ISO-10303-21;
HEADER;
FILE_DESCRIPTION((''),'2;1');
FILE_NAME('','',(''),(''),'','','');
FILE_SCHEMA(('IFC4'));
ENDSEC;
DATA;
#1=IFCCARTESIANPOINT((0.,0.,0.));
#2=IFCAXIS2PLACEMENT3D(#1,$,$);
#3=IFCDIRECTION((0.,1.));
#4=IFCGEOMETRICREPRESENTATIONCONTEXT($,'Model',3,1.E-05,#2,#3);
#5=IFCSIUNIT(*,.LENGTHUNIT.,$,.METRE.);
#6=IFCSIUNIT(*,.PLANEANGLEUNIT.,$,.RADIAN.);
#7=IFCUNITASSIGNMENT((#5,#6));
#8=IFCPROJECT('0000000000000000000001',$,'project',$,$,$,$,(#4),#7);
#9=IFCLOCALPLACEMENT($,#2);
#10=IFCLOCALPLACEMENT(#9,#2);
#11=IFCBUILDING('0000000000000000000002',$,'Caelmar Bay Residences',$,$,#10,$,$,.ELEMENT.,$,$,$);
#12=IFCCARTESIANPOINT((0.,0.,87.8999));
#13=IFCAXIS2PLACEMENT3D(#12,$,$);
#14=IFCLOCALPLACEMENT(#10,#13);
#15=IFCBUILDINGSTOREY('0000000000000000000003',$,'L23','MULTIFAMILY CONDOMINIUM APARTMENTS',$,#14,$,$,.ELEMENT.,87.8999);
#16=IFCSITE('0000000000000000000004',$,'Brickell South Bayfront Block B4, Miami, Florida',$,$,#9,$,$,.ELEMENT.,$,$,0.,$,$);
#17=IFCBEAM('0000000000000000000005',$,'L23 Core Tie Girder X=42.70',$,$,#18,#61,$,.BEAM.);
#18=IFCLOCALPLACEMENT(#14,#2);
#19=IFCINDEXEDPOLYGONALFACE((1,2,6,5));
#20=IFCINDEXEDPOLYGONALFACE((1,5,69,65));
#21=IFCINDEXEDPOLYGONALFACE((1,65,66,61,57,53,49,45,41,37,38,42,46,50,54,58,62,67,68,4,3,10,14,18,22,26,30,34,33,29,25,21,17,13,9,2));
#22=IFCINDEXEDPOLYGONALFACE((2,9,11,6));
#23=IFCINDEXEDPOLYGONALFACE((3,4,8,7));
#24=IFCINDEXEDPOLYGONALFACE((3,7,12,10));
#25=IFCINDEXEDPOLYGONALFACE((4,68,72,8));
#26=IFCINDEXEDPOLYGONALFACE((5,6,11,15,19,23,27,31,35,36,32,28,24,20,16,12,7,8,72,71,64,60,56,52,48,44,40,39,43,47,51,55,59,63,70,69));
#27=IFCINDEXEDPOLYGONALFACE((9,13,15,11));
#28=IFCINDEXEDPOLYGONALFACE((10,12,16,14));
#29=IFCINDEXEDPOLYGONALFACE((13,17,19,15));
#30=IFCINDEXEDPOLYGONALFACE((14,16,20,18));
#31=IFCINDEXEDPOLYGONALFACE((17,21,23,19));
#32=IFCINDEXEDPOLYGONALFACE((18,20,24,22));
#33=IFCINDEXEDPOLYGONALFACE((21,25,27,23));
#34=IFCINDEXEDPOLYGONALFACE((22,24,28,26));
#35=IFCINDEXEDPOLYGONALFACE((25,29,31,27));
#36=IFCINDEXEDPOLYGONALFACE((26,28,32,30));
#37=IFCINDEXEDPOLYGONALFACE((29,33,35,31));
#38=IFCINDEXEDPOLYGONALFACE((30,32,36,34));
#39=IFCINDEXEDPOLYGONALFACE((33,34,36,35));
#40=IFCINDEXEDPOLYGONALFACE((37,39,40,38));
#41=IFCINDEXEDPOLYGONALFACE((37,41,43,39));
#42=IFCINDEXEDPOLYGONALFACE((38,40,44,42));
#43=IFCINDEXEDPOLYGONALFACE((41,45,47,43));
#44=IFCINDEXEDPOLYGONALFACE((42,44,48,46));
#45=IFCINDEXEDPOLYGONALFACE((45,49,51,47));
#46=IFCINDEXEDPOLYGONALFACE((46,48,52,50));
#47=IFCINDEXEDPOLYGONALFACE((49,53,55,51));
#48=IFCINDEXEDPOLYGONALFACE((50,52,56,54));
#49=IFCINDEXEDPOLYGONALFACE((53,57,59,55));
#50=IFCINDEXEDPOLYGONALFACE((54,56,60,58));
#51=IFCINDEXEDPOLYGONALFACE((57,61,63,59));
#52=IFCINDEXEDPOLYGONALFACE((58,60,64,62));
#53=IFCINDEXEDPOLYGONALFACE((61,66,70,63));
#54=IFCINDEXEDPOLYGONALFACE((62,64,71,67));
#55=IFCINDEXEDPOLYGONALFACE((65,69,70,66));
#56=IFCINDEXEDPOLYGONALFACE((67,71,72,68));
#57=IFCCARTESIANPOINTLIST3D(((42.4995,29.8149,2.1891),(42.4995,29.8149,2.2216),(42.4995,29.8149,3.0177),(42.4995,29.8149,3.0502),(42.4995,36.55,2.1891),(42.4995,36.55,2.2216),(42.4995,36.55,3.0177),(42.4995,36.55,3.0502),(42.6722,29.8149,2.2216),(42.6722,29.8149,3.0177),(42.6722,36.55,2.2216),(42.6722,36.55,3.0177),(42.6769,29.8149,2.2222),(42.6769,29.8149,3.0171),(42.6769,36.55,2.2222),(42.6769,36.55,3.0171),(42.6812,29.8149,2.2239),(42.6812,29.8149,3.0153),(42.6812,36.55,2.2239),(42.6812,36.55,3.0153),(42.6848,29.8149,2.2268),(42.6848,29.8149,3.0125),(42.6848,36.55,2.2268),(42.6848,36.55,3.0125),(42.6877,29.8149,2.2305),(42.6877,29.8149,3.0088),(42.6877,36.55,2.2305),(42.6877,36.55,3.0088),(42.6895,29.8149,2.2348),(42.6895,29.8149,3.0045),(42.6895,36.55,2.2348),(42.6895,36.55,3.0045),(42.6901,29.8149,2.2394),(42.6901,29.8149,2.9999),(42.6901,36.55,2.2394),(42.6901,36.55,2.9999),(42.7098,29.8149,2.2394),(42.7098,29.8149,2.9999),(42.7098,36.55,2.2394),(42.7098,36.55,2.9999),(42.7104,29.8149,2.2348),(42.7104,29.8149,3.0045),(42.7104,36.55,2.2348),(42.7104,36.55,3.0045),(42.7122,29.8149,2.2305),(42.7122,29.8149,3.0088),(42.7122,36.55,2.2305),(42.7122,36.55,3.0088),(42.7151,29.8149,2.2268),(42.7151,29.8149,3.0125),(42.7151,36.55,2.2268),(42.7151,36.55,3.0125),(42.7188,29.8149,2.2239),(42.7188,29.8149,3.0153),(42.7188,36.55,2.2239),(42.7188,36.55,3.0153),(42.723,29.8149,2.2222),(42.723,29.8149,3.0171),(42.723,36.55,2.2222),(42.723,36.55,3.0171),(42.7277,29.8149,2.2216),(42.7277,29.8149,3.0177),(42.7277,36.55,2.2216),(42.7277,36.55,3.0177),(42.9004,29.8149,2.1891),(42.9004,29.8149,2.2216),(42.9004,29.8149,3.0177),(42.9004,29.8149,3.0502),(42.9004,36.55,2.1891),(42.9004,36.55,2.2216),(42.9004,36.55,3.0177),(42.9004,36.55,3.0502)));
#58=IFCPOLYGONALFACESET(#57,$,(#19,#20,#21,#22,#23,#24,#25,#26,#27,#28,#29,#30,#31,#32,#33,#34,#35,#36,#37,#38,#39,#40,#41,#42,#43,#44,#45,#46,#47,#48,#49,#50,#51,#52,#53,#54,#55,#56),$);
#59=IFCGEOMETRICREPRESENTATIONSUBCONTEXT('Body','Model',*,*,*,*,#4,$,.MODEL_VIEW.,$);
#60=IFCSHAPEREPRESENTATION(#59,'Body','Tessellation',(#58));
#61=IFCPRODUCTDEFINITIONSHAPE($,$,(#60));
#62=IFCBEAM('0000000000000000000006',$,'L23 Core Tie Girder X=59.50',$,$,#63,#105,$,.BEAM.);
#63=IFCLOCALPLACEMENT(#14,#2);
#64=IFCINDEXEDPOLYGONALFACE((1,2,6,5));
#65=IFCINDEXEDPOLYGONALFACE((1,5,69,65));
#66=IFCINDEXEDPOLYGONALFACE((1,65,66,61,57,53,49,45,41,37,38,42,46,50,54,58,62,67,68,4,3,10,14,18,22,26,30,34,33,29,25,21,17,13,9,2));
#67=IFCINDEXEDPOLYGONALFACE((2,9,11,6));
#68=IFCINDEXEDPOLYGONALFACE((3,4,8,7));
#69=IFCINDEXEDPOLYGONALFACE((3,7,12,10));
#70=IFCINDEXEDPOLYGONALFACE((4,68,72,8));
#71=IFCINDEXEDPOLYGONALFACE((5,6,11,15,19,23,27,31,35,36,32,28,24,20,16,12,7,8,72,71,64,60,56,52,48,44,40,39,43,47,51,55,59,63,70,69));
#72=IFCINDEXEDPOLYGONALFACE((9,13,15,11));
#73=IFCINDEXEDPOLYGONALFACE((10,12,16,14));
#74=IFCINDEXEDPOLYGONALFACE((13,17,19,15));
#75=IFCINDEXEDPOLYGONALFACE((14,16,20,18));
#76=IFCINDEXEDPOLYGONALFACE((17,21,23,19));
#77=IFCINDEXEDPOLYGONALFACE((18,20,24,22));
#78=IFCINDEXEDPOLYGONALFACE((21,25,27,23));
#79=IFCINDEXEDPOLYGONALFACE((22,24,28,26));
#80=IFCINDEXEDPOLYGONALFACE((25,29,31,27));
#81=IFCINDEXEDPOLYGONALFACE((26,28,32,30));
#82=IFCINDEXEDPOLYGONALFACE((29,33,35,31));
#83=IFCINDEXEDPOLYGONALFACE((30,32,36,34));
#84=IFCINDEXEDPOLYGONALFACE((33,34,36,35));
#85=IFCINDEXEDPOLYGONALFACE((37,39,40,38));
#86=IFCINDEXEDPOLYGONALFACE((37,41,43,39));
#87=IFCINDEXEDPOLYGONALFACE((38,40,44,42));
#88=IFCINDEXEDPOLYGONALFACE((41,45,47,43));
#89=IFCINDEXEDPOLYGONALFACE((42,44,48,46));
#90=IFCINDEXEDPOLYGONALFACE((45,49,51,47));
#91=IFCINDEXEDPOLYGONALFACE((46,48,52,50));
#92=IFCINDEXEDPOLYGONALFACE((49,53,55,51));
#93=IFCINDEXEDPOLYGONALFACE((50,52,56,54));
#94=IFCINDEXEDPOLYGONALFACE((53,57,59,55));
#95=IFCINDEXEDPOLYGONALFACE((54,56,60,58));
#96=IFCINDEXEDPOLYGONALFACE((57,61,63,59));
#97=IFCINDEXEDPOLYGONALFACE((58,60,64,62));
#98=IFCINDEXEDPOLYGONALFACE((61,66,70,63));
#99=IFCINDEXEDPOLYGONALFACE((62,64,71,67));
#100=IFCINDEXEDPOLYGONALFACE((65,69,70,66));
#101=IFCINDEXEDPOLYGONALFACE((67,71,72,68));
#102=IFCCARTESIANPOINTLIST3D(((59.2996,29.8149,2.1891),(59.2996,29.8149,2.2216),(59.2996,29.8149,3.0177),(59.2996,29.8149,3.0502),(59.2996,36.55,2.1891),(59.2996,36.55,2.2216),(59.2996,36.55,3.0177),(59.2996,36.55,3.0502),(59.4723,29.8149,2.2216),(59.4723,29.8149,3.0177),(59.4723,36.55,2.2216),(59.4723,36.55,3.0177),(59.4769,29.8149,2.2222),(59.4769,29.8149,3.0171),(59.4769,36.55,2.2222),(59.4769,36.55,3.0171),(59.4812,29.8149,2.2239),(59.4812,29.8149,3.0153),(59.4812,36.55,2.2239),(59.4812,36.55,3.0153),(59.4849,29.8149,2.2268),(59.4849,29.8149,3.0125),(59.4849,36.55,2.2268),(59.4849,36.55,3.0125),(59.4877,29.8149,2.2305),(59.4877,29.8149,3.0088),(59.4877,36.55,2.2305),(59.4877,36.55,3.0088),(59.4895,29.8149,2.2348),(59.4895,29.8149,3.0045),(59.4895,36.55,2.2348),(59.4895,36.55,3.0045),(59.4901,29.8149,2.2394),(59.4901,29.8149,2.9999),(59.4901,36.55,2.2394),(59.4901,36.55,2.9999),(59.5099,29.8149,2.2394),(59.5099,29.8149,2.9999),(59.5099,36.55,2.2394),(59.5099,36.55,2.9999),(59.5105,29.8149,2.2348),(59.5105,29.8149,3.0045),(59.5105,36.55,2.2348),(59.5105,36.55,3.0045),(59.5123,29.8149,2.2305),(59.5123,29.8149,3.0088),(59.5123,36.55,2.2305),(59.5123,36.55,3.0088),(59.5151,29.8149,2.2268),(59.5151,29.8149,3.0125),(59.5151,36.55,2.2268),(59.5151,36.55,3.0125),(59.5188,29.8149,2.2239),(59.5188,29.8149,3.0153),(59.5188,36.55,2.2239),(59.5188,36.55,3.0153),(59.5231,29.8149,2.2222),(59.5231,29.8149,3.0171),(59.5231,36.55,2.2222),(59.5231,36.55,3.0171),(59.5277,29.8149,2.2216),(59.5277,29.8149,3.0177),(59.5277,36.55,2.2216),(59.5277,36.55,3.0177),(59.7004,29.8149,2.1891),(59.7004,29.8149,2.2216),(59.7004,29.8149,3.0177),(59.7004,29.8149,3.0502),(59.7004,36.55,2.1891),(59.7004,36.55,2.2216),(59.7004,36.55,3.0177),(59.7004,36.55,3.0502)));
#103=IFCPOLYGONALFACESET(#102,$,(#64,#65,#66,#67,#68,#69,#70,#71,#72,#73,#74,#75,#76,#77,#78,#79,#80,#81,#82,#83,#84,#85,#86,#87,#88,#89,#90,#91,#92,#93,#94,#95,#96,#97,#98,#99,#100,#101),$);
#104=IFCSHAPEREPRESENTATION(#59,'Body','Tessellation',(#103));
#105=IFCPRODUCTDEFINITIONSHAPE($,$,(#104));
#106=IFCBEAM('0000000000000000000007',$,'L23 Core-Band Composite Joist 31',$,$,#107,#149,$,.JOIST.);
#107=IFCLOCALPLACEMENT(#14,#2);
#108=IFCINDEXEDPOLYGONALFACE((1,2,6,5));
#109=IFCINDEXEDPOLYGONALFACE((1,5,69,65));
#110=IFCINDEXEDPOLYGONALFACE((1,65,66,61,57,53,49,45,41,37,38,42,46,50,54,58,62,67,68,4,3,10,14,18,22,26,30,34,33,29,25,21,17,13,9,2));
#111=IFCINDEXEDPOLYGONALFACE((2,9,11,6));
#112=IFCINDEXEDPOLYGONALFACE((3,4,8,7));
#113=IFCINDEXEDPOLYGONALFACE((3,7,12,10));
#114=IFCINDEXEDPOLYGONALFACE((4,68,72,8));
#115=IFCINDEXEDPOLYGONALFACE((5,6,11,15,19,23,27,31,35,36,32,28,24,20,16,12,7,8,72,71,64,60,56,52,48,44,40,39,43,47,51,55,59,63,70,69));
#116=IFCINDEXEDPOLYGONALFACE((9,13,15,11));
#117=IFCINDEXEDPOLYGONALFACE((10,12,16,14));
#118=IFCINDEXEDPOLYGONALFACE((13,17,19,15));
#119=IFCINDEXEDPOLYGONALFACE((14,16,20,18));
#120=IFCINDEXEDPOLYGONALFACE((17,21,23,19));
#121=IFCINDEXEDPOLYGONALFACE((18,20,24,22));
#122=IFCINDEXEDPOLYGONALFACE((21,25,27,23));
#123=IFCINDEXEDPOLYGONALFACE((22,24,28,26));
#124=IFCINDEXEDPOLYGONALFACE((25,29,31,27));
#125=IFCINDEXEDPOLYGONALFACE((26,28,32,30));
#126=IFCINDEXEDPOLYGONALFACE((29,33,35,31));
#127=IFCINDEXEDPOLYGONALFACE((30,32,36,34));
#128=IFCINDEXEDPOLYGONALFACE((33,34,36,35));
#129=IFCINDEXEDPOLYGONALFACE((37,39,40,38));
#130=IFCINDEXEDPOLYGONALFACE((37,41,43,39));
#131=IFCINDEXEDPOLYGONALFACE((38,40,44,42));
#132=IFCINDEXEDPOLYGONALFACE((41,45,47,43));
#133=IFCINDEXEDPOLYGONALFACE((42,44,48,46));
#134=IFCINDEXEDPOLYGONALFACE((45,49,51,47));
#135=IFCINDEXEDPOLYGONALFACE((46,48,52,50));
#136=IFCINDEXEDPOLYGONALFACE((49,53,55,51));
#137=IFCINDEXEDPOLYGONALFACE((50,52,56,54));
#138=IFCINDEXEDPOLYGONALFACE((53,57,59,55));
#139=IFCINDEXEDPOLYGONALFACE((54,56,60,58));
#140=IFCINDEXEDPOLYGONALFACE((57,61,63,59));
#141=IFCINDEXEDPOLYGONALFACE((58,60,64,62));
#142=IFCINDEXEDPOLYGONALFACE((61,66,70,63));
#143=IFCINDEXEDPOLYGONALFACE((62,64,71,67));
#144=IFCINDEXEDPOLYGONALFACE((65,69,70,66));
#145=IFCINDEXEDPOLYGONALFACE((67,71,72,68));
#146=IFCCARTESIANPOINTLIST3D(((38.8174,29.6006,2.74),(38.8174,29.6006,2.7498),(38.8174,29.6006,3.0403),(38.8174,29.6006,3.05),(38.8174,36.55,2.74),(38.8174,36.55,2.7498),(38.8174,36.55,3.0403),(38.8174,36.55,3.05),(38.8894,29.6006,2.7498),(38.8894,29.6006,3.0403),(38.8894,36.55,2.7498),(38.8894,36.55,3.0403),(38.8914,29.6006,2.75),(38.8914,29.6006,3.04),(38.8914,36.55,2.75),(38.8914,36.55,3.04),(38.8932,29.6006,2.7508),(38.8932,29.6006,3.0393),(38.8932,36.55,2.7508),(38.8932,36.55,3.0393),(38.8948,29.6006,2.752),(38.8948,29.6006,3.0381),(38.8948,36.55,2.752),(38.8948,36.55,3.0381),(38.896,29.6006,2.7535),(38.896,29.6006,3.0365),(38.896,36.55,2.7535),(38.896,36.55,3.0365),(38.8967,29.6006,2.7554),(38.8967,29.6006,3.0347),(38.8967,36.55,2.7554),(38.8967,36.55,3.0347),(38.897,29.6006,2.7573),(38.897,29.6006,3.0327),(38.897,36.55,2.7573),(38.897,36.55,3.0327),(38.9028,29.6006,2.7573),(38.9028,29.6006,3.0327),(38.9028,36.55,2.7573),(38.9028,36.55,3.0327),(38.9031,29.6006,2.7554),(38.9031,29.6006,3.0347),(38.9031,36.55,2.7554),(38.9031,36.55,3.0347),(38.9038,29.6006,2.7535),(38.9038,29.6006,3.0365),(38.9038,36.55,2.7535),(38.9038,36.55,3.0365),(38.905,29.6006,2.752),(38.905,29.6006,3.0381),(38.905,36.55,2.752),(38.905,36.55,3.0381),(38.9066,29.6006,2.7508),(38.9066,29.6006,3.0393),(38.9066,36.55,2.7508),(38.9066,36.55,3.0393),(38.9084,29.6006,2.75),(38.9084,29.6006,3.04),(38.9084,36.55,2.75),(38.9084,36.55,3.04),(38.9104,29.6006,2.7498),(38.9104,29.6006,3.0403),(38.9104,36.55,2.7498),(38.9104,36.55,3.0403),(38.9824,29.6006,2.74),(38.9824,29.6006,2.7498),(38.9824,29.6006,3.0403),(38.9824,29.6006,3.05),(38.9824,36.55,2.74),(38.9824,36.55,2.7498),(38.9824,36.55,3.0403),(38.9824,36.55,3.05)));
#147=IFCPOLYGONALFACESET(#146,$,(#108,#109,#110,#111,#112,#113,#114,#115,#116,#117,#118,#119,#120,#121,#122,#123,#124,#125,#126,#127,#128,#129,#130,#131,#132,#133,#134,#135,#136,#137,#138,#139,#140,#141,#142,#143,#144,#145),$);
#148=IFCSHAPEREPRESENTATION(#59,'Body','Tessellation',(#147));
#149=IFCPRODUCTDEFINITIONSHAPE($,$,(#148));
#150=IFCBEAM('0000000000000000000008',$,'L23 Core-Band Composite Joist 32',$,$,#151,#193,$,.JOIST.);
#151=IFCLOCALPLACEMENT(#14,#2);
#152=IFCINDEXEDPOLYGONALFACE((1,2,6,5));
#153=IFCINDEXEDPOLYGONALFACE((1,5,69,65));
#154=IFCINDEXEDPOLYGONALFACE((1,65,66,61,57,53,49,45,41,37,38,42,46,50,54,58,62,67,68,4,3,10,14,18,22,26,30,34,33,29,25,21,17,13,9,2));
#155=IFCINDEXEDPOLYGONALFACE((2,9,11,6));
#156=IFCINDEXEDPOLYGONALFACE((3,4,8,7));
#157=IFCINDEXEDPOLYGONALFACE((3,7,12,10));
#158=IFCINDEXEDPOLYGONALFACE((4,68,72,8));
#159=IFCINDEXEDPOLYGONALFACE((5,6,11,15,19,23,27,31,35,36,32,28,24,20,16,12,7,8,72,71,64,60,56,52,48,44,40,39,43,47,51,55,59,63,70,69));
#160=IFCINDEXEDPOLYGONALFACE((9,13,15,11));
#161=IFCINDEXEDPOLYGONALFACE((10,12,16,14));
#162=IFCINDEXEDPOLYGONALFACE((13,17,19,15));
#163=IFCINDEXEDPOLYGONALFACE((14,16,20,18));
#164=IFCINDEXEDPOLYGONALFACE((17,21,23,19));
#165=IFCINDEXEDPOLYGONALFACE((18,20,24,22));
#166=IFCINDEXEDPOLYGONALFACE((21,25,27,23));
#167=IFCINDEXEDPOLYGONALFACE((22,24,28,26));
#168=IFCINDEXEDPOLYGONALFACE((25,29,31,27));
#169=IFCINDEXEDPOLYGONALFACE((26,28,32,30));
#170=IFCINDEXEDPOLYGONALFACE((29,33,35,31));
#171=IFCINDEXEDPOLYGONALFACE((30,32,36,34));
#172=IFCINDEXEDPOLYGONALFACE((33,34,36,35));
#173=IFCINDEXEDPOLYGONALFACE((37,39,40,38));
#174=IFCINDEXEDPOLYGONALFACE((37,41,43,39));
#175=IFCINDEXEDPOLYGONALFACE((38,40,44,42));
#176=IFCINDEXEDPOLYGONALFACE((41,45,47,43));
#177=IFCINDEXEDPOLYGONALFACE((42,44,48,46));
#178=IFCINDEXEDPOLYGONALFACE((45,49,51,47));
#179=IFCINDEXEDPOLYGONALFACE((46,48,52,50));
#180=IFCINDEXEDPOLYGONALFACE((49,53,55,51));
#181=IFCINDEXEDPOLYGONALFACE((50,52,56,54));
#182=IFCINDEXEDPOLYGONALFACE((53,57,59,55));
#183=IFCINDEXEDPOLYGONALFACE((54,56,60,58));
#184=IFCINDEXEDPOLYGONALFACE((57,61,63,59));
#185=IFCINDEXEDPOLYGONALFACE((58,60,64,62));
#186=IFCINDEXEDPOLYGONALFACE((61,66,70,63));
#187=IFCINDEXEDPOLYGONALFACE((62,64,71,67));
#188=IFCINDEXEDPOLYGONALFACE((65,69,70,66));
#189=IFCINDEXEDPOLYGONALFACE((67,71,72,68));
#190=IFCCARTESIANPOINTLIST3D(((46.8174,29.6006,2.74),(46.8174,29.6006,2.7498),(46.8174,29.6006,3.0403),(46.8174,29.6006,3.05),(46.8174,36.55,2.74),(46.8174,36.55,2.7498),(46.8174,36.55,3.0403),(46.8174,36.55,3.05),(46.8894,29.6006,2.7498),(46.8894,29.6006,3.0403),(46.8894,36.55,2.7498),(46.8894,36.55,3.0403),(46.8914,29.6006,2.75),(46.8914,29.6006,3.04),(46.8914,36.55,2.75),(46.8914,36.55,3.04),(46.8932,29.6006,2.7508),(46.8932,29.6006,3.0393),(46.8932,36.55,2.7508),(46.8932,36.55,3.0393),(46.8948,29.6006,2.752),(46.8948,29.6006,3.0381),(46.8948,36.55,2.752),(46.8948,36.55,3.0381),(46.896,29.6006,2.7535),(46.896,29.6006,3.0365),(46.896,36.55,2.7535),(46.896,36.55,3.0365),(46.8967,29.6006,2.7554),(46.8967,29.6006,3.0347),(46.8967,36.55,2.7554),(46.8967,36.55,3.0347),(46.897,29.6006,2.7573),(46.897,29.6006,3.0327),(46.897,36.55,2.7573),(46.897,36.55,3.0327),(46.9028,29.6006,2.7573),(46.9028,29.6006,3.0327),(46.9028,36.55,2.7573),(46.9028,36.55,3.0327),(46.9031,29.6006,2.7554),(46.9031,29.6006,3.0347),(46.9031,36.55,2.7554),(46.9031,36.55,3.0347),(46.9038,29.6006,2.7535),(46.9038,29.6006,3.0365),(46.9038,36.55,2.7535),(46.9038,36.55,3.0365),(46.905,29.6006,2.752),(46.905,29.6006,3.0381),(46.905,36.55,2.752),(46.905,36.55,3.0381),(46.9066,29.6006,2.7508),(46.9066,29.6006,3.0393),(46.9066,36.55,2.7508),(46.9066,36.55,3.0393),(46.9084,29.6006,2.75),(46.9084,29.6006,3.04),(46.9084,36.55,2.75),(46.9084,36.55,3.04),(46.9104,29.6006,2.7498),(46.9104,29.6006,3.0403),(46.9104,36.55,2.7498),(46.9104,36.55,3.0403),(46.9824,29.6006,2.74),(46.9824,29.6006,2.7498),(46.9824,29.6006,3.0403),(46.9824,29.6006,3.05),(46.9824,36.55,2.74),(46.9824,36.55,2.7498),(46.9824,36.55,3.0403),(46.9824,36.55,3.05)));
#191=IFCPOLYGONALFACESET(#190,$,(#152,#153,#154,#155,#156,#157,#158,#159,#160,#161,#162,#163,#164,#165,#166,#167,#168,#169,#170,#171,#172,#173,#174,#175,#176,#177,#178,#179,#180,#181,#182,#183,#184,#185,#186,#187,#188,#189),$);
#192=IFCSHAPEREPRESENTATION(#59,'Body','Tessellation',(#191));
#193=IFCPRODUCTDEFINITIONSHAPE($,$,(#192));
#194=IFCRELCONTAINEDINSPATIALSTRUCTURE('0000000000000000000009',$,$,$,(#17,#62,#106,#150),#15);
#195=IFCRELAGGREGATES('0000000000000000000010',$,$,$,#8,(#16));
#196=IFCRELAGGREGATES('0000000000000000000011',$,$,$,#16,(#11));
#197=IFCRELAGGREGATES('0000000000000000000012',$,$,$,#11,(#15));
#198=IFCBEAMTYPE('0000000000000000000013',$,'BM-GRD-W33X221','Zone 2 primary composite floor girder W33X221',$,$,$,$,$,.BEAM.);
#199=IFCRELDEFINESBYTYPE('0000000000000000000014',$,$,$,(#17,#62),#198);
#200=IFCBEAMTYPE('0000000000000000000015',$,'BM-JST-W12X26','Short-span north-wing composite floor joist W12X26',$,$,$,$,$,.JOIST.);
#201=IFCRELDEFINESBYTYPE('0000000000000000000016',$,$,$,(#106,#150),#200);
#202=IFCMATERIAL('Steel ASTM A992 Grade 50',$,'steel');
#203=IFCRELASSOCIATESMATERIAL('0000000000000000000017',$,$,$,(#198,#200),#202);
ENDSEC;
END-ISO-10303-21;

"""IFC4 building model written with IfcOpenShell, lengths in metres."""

from ifc_helpers import new_model, si_unit, direction, frame, origin, origin_2d, place, context, subcontext, project, spatial, i_section, extrude, material, material_profile, profile_set, type_object, element, save


model = new_model("IFC4")

# Units and contexts
model_context = context("Model", 3, precision=1e-05, world=origin(), true_north=direction((0.0, 1.0)))
body_context = subcontext(model_context, "Body", "Model", "MODEL_VIEW")
ifc_project = project(units=[si_unit("LENGTHUNIT", "METRE"), si_unit("PLANEANGLEUNIT", "RADIAN")], contexts=[model_context])

# Site, building, storey
site_placement = place(None, origin())
site = spatial("IfcSite", under=ifc_project, at=site_placement, Name="Brickell South Bayfront Block B4, Miami, Florida", CompositionType="ELEMENT", RefElevation=0.0)
building_placement = place(site_placement, origin())
building = spatial("IfcBuilding", under=site, at=building_placement, Name="Caelmar Bay Residences", CompositionType="ELEMENT")
storey_placement = place(building_placement, frame((0.0, 0.0, 87.8999)))
storey = spatial("IfcBuildingStorey", under=building, at=storey_placement, Name="L23", Description="MULTIFAMILY CONDOMINIUM APARTMENTS", CompositionType="ELEMENT", Elevation=87.8999)

# Beams
ifc_material_1 = material(Name="Steel ASTM A992 Grade 50", Category="steel")
ifc_material_profile_1 = material_profile(ifc_material_1, i_section(OverallWidth=0.4009, OverallDepth=0.8611, WebThickness=0.0198, FlangeThickness=0.0325, FilletRadius=0.0178, at=origin_2d()), Name="W33X221")
ifc_profile_set_1 = profile_set([ifc_material_profile_1], Name="Steel ASTM A992 Grade 50")
beam_type_1 = type_object("IfcBeamType", Name="BM-GRD-W33X221", Description="Zone 2 primary composite floor girder W33X221", PredefinedType="BEAM", material=ifc_profile_set_1)
for number, where, z_axis, x_axis, name in (
    (1, (42.7, 29.8149, 2.6196), (0.0, 1.0, 0.0), (-1.0, 0.0, 0.0), "L23 Core Tie Girder X=42.70"),
    (2, (59.5, 29.8149, 2.6196), (0.0, 1.0, 0.0), (-1.0, 0.0, 0.0), "L23 Core Tie Girder X=59.50"),
):
    element("IfcBeam", number, at=place(storey_placement, frame(where, z_axis=z_axis, x_axis=x_axis)), inside=storey, type_object=beam_type_1, Name=name, PredefinedType="BEAM", context=body_context, shape_type="SweptSolid", body=[
        extrude(i_section(OverallWidth=0.4009, OverallDepth=0.8611, WebThickness=0.0198, FlangeThickness=0.0325, FilletRadius=0.0178, at=origin_2d()), origin(), (0.0, 0.0, 1.0), 6.7351),
    ])
ifc_material_profile_2 = material_profile(ifc_material_1, i_section(OverallWidth=0.165, OverallDepth=0.3101, WebThickness=0.0059, FlangeThickness=0.0098, FilletRadius=0.0076, at=origin_2d()), Name="W12X26")
ifc_profile_set_2 = profile_set([ifc_material_profile_2], Name="Steel ASTM A992 Grade 50")
beam_type_2 = type_object("IfcBeamType", Name="BM-JST-W12X26", Description="Short-span north-wing composite floor joist W12X26", PredefinedType="JOIST", material=ifc_profile_set_2)
for number, where, z_axis, x_axis, name in (
    (3, (38.8999, 29.6006, 2.895), (0.0, 1.0, 0.0), (-1.0, 0.0, 0.0), "L23 Core-Band Composite Joist 31"),
    (4, (46.8999, 29.6006, 2.895), (0.0, 1.0, 0.0), (-1.0, 0.0, 0.0), "L23 Core-Band Composite Joist 32"),
):
    element("IfcBeam", number, at=place(storey_placement, frame(where, z_axis=z_axis, x_axis=x_axis)), inside=storey, type_object=beam_type_2, Name=name, PredefinedType="JOIST", context=body_context, shape_type="SweptSolid", body=[
        extrude(i_section(OverallWidth=0.165, OverallDepth=0.3101, WebThickness=0.0059, FlangeThickness=0.0098, FilletRadius=0.0076, at=origin_2d()), origin(), (0.0, 0.0, 1.0), 6.9495),
    ])

save(model, "model.ifc")
